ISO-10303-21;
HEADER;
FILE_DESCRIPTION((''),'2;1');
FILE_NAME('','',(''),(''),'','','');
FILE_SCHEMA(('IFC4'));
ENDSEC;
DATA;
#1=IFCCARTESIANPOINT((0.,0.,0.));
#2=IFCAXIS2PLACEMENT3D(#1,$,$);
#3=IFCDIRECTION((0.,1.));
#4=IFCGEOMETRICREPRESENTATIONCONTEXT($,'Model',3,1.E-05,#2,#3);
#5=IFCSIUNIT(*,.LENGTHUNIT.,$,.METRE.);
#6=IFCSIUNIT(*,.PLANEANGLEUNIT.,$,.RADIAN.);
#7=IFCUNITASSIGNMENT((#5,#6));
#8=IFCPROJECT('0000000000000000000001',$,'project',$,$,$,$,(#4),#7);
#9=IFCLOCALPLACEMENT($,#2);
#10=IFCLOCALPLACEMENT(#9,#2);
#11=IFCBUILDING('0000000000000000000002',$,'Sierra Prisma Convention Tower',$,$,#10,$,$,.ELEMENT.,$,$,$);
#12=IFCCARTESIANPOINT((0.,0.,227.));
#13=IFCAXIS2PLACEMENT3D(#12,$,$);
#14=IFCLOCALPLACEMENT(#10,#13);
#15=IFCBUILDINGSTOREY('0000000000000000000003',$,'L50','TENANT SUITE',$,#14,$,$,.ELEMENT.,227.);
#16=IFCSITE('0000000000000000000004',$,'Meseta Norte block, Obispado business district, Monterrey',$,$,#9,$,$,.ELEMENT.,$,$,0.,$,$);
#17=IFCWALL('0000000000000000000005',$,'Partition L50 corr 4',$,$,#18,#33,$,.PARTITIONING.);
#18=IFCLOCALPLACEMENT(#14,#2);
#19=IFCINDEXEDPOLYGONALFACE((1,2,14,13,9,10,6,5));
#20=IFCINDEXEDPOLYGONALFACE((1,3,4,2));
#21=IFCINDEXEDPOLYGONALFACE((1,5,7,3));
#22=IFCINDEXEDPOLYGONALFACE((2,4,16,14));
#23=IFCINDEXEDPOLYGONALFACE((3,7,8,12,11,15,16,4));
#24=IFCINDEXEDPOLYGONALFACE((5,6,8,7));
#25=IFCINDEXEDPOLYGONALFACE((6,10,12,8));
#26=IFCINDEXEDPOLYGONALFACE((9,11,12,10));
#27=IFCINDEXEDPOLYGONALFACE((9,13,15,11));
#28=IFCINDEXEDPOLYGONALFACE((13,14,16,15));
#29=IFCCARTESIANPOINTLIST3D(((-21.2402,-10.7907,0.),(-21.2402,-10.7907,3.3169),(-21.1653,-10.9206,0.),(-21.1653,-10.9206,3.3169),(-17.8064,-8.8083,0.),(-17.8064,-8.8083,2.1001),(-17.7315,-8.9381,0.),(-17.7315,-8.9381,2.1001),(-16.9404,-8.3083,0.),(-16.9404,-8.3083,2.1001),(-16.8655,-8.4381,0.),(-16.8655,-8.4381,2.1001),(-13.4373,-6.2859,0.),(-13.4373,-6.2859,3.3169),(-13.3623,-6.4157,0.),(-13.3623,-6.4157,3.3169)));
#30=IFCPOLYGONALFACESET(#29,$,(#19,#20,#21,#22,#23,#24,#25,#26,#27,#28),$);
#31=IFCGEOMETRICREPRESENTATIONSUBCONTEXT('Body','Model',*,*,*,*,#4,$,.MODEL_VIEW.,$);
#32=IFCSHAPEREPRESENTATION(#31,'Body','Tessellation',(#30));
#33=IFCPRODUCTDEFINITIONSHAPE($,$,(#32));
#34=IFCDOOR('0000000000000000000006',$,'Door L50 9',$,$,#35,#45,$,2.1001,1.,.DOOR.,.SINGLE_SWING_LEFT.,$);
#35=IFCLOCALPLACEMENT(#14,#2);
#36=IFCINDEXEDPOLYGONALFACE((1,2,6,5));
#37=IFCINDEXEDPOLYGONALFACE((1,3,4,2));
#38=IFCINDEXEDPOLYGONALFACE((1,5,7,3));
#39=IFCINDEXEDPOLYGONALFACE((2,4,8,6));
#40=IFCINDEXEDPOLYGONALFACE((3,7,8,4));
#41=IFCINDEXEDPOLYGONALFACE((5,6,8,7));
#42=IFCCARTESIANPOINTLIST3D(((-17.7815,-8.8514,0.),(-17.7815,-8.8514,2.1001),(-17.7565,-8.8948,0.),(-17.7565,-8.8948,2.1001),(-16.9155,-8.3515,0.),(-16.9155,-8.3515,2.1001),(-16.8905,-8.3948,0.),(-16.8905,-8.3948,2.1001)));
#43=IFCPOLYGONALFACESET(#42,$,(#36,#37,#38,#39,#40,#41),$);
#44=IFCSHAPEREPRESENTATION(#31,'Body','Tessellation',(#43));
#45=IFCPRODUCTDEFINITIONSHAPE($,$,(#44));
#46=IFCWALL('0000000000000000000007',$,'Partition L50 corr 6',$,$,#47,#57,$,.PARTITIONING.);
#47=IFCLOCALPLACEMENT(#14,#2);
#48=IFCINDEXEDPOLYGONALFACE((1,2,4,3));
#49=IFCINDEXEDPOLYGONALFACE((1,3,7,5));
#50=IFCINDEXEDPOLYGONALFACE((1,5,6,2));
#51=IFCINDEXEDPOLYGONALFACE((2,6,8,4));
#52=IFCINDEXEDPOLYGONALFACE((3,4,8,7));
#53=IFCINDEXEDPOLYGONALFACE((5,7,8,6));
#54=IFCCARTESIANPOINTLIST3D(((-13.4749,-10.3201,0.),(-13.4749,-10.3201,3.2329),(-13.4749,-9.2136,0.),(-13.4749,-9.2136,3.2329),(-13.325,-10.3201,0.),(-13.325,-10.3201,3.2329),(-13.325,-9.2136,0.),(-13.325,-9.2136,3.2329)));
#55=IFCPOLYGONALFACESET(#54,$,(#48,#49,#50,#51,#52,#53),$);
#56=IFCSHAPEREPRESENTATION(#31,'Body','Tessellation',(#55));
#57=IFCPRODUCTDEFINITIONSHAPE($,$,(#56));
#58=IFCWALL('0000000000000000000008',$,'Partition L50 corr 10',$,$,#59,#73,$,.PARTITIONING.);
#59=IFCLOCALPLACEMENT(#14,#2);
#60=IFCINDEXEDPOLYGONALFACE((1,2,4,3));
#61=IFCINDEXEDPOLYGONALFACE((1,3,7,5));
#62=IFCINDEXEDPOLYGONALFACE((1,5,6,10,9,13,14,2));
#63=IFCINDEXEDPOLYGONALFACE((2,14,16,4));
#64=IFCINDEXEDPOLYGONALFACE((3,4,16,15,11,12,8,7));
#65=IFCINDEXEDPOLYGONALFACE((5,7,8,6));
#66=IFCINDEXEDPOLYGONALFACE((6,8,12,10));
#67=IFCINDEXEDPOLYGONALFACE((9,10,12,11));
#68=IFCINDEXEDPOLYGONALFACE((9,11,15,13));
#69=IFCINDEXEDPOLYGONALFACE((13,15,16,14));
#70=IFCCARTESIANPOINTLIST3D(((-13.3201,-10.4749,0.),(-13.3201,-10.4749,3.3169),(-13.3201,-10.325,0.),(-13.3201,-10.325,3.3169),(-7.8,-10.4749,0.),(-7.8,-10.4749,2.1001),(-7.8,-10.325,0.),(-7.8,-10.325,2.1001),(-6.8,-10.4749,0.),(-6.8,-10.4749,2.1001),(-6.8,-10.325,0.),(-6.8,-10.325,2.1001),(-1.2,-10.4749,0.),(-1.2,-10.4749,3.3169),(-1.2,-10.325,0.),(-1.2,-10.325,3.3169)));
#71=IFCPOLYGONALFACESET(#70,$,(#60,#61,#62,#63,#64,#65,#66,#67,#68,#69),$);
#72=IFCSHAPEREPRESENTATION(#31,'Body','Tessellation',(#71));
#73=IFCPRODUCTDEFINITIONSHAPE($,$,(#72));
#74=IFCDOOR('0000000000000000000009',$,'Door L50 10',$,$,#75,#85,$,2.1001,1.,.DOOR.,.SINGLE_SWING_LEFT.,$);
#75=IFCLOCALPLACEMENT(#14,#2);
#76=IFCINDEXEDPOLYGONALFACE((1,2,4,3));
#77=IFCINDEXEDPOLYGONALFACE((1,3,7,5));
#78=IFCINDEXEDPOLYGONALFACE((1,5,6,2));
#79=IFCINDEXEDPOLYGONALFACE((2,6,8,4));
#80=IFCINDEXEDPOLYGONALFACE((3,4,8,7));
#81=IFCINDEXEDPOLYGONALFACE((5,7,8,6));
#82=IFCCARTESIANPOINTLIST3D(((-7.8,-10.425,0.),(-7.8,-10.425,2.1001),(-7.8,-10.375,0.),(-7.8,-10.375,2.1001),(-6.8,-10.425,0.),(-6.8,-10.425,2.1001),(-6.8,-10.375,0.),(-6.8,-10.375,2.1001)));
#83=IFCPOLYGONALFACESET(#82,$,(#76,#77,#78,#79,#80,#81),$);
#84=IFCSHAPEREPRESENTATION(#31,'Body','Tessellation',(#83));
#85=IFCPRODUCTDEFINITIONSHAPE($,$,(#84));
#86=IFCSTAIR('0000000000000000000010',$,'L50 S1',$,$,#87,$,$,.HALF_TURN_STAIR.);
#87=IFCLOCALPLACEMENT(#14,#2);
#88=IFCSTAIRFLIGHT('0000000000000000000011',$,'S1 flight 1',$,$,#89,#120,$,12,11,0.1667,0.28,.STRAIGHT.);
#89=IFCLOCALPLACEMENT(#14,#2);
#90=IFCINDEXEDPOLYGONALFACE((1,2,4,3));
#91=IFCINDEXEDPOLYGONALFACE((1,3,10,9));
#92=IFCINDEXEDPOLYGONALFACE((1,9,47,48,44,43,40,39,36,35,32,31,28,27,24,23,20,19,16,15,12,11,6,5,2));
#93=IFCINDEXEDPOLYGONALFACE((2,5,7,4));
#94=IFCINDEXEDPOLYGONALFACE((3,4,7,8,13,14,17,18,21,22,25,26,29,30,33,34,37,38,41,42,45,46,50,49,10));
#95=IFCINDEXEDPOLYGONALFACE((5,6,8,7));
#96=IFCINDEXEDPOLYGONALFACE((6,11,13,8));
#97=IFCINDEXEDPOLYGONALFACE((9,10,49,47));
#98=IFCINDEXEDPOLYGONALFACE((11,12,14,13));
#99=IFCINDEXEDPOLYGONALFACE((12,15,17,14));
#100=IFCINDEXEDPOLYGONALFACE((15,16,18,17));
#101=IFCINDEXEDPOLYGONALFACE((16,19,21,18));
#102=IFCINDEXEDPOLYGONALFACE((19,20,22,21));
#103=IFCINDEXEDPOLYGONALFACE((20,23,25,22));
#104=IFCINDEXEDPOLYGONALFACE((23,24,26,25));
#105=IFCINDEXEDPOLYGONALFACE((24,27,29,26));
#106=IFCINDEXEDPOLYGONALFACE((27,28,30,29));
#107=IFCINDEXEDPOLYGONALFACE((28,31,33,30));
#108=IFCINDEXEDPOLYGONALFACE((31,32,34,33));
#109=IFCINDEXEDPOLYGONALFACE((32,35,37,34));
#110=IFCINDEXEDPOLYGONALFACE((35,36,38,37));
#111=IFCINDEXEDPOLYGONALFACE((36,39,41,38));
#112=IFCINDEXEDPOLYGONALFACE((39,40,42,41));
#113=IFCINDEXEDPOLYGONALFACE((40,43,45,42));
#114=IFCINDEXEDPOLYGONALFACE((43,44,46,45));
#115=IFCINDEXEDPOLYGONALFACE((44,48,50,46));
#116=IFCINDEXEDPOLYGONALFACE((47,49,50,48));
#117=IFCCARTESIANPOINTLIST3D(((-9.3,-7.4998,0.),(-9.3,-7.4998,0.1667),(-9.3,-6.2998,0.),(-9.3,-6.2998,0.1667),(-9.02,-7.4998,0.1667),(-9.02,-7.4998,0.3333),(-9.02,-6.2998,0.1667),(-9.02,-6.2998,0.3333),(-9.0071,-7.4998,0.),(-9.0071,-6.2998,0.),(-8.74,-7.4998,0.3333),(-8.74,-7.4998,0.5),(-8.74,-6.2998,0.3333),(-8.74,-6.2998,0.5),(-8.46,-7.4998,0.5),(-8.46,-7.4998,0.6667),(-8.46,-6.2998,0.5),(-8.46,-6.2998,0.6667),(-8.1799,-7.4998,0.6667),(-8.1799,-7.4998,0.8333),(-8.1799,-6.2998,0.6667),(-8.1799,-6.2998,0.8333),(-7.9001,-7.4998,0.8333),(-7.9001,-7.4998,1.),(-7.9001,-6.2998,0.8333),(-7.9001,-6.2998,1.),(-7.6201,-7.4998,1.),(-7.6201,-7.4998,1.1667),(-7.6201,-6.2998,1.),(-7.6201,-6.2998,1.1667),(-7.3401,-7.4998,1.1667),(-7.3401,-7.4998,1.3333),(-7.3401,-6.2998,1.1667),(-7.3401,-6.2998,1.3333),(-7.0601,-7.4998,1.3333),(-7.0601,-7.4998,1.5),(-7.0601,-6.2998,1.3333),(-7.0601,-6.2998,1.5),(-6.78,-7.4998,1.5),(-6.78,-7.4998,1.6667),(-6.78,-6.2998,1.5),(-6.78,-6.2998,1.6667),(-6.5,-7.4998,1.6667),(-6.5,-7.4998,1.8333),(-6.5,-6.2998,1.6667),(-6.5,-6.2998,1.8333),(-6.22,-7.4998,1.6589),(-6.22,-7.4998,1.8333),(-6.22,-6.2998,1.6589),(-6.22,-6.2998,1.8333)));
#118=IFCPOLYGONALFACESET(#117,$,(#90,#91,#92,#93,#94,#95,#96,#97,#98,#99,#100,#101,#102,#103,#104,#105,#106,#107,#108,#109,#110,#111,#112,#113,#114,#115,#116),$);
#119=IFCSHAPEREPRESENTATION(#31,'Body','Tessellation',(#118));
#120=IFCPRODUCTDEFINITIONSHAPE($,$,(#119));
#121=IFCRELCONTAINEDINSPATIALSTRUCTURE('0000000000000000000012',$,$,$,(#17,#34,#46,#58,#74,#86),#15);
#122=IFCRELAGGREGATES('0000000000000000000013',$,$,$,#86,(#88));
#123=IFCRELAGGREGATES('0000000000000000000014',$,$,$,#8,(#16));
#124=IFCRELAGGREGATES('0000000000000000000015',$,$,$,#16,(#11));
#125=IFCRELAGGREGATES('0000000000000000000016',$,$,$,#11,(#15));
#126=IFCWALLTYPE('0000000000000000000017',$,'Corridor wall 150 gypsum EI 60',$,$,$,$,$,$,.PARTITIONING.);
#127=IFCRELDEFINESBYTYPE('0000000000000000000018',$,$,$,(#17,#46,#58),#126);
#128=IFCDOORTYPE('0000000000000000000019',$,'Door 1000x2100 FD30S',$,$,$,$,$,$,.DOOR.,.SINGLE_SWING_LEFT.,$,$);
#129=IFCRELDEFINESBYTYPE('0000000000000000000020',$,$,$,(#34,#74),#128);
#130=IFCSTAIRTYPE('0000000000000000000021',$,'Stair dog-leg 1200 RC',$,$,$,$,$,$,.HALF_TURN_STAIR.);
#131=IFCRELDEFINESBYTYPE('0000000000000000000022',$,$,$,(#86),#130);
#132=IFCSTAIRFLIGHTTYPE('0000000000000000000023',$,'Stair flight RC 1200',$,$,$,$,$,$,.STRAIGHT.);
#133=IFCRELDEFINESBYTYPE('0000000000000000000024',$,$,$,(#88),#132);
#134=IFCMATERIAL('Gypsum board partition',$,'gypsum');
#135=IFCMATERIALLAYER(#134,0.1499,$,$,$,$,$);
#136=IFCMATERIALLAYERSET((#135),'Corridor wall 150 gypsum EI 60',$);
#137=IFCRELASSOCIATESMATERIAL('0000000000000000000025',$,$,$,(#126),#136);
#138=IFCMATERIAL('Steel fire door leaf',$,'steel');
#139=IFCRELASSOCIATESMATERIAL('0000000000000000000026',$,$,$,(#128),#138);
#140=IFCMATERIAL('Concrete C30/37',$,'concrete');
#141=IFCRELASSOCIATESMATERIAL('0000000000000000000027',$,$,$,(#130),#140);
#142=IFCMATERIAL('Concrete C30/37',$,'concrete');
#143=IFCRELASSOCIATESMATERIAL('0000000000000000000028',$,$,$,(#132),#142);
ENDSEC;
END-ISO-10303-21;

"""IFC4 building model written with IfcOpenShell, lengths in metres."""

from ifc_helpers import new_model, si_unit, direction, frame, frame_2d, origin, place, context, subcontext, project, spatial, polyline, rectangle, outline, extrude, material, layer, layer_set, type_object, element, fill, aggregate, save


model = new_model("IFC4")

# Units and contexts
model_context = context("Model", 3, precision=1e-05, world=origin(), true_north=direction((0.0, 1.0)))
body_context = subcontext(model_context, "Body", "Model", "MODEL_VIEW")
ifc_project = project(units=[si_unit("LENGTHUNIT", "METRE"), si_unit("PLANEANGLEUNIT", "RADIAN")], contexts=[model_context])

# Site, building, storey
site_placement = place(None, origin())
site = spatial("IfcSite", under=ifc_project, at=site_placement, Name="Meseta Norte block, Obispado business district, Monterrey", CompositionType="ELEMENT", RefElevation=0.0)
building_placement = place(site_placement, origin())
building = spatial("IfcBuilding", under=site, at=building_placement, Name="Sierra Prisma Convention Tower", CompositionType="ELEMENT")
storey_placement = place(building_placement, frame((0.0, 0.0, 227.0)))
storey = spatial("IfcBuildingStorey", under=building, at=storey_placement, Name="L50", Description="TENANT SUITE", CompositionType="ELEMENT", Elevation=227.0)

# Wall, opening, door
ifc_material_1 = material(Name="Gypsum board partition", Category="gypsum")
ifc_layer_1 = layer(ifc_material_1, 0.1499)
ifc_layer_set_1 = layer_set([ifc_layer_1], Name="Corridor wall 150 gypsum EI 60")
wall_type_1 = type_object("IfcWallType", Name="Corridor wall 150 gypsum EI 60", PredefinedType="PARTITIONING", material=ifc_layer_set_1)
wall_1_placement = place(storey_placement, frame((-13.3999, -6.3508, 0.0), z_axis=(0.0, 0.0, 1.0), x_axis=(-0.866034, -0.499986, 0.0)))
wall_1 = element("IfcWall", 1, at=wall_1_placement, inside=storey, type_object=wall_type_1, Name="Partition L50 corr 4", PredefinedType="PARTITIONING", context=body_context, shape_type="SweptSolid", body=[
    extrude(rectangle(XDim=9.01, YDim=0.1499, at=frame_2d((4.5049, 0.0))), origin(), (0.0, 0.0, 1.0), 3.3169),
])
opening_1_placement = place(wall_1_placement, frame((4.0449, 0.0, 0.0)))
opening_1 = element("IfcOpeningElement", 2, at=opening_1_placement, cuts=wall_1, PredefinedType="OPENING", context=body_context, shape_type="SweptSolid", body=[
    extrude(rectangle(XDim=1.0, YDim=2.1001, at=frame_2d((0.5, 1.05))), frame((0.0, 0.075, 0.0), z_axis=(0.0, -1.0, 0.0), x_axis=(1.0, 0.0, 0.0)), (0.0, 0.0, 1.0), 0.1499),
])
ifc_material_2 = material(Name="Steel fire door leaf", Category="steel")
door_type_1 = type_object("IfcDoorType", Name="Door 1000x2100 FD30S", OperationType="SINGLE_SWING_LEFT", PredefinedType="DOOR", material=ifc_material_2)
door_1_placement = place(opening_1_placement, origin())
door_1 = element("IfcDoor", 3, at=door_1_placement, inside=storey, type_object=door_type_1, Name="Door L50 9", OperationType="SINGLE_SWING_LEFT", OverallHeight=2.1001, OverallWidth=1.0, PredefinedType="DOOR", context=body_context, shape_type="SweptSolid", body=[
    extrude(rectangle(XDim=1.0, YDim=2.1001, at=frame_2d((0.5, 1.05))), frame((0.0, 0.0249, 0.0), z_axis=(0.0, -1.0, 0.0), x_axis=(1.0, 0.0, 0.0)), (0.0, 0.0, 1.0), 0.05),
])
fill(opening_1, door_1)

# Wall
wall_2_placement = place(storey_placement, frame((-13.3999, -9.2136, 0.0), z_axis=(0.0, 0.0, 1.0), x_axis=(0.0, -1.0, 0.0)))
element("IfcWall", 4, at=wall_2_placement, inside=storey, type_object=wall_type_1, Name="Partition L50 corr 6", PredefinedType="PARTITIONING", context=body_context, shape_type="SweptSolid", body=[
    extrude(rectangle(XDim=1.1064, YDim=0.1499, at=frame_2d((0.5532, 0.0))), origin(), (0.0, 0.0, 1.0), 3.2329),
])

# Wall, opening, door
wall_3_placement = place(storey_placement, frame((-13.3201, -10.3999, 0.0), z_axis=(0.0, 0.0, 1.0), x_axis=(1.0, 0.0, 0.0)))
wall_3 = element("IfcWall", 5, at=wall_3_placement, inside=storey, type_object=wall_type_1, Name="Partition L50 corr 10", PredefinedType="PARTITIONING", context=body_context, shape_type="SweptSolid", body=[
    extrude(rectangle(XDim=12.1201, YDim=0.1499, at=frame_2d((6.0601, 0.0))), origin(), (0.0, 0.0, 1.0), 3.3169),
])
opening_2_placement = place(wall_3_placement, frame((5.52, 0.0, 0.0)))
opening_2 = element("IfcOpeningElement", 6, at=opening_2_placement, cuts=wall_3, PredefinedType="OPENING", context=body_context, shape_type="SweptSolid", body=[
    extrude(rectangle(XDim=1.0, YDim=2.1001, at=frame_2d((0.5, 1.05))), frame((0.0, 0.075, 0.0), z_axis=(0.0, -1.0, 0.0), x_axis=(1.0, 0.0, 0.0)), (0.0, 0.0, 1.0), 0.1499),
])
door_2_placement = place(opening_2_placement, origin())
door_2 = element("IfcDoor", 7, at=door_2_placement, inside=storey, type_object=door_type_1, Name="Door L50 10", OperationType="SINGLE_SWING_LEFT", OverallHeight=2.1001, OverallWidth=1.0, PredefinedType="DOOR", context=body_context, shape_type="SweptSolid", body=[
    extrude(rectangle(XDim=1.0, YDim=2.1001, at=frame_2d((0.5, 1.05))), frame((0.0, 0.0249, 0.0), z_axis=(0.0, -1.0, 0.0), x_axis=(1.0, 0.0, 0.0)), (0.0, 0.0, 1.0), 0.05),
])
fill(opening_2, door_2)

# Stair, stair flight
ifc_material_3 = material(Name="Concrete C30/37", Category="concrete")
stair_type = type_object("IfcStairType", Name="Stair dog-leg 1200 RC", PredefinedType="HALF_TURN_STAIR", material=ifc_material_3)
stair_placement = place(storey_placement, origin())
stair = element("IfcStair", 8, at=stair_placement, inside=storey, type_object=stair_type, Name="L50 S1", PredefinedType="HALF_TURN_STAIR")
ifc_material_4 = material(Name="Concrete C30/37", Category="concrete")
stair_flight_type = type_object("IfcStairFlightType", Name="Stair flight RC 1200", PredefinedType="STRAIGHT", material=ifc_material_4)
stair_flight_placement = place(storey_placement, frame((-9.3, -6.8999, 0.0), z_axis=(0.0, 0.0, 1.0), x_axis=(1.0, 0.0, 0.0)))
stair_flight = element("IfcStairFlight", 9, at=stair_flight_placement, type_object=stair_flight_type, Name="S1 flight 1", NumberOfRisers=12, NumberOfTreads=11, PredefinedType="STRAIGHT", RiserHeight=0.1667, TreadLength=0.28, context=body_context, shape_type="SweptSolid", body=[
    extrude(outline(polyline([(0.0, 0.0), (0.0, 0.1667), (0.28, 0.1667), (0.28, 0.3333), (0.5601, 0.3333), (0.5601, 0.5), (0.8401, 0.5), (0.8401, 0.6667), (1.1201, 0.6667), (1.1201, 0.8333), (1.3999, 0.8333), (1.3999, 1.0), (1.6799, 1.0), (1.6799, 1.1667), (1.96, 1.1667), (1.96, 1.3333), (2.24, 1.3333), (2.24, 1.5), (2.52, 1.5), (2.52, 1.6667), (2.8, 1.6667), (2.8, 1.8333), (3.0801, 1.8333), (3.0801, 2.0), (3.0801, 1.6589), (0.293, 0.0), (0.0, 0.0)])), frame((0.0, 0.6001, 0.0), z_axis=(0.0, -1.0, 0.0), x_axis=(1.0, 0.0, 0.0)), (0.0, 0.0, 1.0), 1.2),
])
aggregate(stair, [stair_flight])

save(model, "model.ifc")
